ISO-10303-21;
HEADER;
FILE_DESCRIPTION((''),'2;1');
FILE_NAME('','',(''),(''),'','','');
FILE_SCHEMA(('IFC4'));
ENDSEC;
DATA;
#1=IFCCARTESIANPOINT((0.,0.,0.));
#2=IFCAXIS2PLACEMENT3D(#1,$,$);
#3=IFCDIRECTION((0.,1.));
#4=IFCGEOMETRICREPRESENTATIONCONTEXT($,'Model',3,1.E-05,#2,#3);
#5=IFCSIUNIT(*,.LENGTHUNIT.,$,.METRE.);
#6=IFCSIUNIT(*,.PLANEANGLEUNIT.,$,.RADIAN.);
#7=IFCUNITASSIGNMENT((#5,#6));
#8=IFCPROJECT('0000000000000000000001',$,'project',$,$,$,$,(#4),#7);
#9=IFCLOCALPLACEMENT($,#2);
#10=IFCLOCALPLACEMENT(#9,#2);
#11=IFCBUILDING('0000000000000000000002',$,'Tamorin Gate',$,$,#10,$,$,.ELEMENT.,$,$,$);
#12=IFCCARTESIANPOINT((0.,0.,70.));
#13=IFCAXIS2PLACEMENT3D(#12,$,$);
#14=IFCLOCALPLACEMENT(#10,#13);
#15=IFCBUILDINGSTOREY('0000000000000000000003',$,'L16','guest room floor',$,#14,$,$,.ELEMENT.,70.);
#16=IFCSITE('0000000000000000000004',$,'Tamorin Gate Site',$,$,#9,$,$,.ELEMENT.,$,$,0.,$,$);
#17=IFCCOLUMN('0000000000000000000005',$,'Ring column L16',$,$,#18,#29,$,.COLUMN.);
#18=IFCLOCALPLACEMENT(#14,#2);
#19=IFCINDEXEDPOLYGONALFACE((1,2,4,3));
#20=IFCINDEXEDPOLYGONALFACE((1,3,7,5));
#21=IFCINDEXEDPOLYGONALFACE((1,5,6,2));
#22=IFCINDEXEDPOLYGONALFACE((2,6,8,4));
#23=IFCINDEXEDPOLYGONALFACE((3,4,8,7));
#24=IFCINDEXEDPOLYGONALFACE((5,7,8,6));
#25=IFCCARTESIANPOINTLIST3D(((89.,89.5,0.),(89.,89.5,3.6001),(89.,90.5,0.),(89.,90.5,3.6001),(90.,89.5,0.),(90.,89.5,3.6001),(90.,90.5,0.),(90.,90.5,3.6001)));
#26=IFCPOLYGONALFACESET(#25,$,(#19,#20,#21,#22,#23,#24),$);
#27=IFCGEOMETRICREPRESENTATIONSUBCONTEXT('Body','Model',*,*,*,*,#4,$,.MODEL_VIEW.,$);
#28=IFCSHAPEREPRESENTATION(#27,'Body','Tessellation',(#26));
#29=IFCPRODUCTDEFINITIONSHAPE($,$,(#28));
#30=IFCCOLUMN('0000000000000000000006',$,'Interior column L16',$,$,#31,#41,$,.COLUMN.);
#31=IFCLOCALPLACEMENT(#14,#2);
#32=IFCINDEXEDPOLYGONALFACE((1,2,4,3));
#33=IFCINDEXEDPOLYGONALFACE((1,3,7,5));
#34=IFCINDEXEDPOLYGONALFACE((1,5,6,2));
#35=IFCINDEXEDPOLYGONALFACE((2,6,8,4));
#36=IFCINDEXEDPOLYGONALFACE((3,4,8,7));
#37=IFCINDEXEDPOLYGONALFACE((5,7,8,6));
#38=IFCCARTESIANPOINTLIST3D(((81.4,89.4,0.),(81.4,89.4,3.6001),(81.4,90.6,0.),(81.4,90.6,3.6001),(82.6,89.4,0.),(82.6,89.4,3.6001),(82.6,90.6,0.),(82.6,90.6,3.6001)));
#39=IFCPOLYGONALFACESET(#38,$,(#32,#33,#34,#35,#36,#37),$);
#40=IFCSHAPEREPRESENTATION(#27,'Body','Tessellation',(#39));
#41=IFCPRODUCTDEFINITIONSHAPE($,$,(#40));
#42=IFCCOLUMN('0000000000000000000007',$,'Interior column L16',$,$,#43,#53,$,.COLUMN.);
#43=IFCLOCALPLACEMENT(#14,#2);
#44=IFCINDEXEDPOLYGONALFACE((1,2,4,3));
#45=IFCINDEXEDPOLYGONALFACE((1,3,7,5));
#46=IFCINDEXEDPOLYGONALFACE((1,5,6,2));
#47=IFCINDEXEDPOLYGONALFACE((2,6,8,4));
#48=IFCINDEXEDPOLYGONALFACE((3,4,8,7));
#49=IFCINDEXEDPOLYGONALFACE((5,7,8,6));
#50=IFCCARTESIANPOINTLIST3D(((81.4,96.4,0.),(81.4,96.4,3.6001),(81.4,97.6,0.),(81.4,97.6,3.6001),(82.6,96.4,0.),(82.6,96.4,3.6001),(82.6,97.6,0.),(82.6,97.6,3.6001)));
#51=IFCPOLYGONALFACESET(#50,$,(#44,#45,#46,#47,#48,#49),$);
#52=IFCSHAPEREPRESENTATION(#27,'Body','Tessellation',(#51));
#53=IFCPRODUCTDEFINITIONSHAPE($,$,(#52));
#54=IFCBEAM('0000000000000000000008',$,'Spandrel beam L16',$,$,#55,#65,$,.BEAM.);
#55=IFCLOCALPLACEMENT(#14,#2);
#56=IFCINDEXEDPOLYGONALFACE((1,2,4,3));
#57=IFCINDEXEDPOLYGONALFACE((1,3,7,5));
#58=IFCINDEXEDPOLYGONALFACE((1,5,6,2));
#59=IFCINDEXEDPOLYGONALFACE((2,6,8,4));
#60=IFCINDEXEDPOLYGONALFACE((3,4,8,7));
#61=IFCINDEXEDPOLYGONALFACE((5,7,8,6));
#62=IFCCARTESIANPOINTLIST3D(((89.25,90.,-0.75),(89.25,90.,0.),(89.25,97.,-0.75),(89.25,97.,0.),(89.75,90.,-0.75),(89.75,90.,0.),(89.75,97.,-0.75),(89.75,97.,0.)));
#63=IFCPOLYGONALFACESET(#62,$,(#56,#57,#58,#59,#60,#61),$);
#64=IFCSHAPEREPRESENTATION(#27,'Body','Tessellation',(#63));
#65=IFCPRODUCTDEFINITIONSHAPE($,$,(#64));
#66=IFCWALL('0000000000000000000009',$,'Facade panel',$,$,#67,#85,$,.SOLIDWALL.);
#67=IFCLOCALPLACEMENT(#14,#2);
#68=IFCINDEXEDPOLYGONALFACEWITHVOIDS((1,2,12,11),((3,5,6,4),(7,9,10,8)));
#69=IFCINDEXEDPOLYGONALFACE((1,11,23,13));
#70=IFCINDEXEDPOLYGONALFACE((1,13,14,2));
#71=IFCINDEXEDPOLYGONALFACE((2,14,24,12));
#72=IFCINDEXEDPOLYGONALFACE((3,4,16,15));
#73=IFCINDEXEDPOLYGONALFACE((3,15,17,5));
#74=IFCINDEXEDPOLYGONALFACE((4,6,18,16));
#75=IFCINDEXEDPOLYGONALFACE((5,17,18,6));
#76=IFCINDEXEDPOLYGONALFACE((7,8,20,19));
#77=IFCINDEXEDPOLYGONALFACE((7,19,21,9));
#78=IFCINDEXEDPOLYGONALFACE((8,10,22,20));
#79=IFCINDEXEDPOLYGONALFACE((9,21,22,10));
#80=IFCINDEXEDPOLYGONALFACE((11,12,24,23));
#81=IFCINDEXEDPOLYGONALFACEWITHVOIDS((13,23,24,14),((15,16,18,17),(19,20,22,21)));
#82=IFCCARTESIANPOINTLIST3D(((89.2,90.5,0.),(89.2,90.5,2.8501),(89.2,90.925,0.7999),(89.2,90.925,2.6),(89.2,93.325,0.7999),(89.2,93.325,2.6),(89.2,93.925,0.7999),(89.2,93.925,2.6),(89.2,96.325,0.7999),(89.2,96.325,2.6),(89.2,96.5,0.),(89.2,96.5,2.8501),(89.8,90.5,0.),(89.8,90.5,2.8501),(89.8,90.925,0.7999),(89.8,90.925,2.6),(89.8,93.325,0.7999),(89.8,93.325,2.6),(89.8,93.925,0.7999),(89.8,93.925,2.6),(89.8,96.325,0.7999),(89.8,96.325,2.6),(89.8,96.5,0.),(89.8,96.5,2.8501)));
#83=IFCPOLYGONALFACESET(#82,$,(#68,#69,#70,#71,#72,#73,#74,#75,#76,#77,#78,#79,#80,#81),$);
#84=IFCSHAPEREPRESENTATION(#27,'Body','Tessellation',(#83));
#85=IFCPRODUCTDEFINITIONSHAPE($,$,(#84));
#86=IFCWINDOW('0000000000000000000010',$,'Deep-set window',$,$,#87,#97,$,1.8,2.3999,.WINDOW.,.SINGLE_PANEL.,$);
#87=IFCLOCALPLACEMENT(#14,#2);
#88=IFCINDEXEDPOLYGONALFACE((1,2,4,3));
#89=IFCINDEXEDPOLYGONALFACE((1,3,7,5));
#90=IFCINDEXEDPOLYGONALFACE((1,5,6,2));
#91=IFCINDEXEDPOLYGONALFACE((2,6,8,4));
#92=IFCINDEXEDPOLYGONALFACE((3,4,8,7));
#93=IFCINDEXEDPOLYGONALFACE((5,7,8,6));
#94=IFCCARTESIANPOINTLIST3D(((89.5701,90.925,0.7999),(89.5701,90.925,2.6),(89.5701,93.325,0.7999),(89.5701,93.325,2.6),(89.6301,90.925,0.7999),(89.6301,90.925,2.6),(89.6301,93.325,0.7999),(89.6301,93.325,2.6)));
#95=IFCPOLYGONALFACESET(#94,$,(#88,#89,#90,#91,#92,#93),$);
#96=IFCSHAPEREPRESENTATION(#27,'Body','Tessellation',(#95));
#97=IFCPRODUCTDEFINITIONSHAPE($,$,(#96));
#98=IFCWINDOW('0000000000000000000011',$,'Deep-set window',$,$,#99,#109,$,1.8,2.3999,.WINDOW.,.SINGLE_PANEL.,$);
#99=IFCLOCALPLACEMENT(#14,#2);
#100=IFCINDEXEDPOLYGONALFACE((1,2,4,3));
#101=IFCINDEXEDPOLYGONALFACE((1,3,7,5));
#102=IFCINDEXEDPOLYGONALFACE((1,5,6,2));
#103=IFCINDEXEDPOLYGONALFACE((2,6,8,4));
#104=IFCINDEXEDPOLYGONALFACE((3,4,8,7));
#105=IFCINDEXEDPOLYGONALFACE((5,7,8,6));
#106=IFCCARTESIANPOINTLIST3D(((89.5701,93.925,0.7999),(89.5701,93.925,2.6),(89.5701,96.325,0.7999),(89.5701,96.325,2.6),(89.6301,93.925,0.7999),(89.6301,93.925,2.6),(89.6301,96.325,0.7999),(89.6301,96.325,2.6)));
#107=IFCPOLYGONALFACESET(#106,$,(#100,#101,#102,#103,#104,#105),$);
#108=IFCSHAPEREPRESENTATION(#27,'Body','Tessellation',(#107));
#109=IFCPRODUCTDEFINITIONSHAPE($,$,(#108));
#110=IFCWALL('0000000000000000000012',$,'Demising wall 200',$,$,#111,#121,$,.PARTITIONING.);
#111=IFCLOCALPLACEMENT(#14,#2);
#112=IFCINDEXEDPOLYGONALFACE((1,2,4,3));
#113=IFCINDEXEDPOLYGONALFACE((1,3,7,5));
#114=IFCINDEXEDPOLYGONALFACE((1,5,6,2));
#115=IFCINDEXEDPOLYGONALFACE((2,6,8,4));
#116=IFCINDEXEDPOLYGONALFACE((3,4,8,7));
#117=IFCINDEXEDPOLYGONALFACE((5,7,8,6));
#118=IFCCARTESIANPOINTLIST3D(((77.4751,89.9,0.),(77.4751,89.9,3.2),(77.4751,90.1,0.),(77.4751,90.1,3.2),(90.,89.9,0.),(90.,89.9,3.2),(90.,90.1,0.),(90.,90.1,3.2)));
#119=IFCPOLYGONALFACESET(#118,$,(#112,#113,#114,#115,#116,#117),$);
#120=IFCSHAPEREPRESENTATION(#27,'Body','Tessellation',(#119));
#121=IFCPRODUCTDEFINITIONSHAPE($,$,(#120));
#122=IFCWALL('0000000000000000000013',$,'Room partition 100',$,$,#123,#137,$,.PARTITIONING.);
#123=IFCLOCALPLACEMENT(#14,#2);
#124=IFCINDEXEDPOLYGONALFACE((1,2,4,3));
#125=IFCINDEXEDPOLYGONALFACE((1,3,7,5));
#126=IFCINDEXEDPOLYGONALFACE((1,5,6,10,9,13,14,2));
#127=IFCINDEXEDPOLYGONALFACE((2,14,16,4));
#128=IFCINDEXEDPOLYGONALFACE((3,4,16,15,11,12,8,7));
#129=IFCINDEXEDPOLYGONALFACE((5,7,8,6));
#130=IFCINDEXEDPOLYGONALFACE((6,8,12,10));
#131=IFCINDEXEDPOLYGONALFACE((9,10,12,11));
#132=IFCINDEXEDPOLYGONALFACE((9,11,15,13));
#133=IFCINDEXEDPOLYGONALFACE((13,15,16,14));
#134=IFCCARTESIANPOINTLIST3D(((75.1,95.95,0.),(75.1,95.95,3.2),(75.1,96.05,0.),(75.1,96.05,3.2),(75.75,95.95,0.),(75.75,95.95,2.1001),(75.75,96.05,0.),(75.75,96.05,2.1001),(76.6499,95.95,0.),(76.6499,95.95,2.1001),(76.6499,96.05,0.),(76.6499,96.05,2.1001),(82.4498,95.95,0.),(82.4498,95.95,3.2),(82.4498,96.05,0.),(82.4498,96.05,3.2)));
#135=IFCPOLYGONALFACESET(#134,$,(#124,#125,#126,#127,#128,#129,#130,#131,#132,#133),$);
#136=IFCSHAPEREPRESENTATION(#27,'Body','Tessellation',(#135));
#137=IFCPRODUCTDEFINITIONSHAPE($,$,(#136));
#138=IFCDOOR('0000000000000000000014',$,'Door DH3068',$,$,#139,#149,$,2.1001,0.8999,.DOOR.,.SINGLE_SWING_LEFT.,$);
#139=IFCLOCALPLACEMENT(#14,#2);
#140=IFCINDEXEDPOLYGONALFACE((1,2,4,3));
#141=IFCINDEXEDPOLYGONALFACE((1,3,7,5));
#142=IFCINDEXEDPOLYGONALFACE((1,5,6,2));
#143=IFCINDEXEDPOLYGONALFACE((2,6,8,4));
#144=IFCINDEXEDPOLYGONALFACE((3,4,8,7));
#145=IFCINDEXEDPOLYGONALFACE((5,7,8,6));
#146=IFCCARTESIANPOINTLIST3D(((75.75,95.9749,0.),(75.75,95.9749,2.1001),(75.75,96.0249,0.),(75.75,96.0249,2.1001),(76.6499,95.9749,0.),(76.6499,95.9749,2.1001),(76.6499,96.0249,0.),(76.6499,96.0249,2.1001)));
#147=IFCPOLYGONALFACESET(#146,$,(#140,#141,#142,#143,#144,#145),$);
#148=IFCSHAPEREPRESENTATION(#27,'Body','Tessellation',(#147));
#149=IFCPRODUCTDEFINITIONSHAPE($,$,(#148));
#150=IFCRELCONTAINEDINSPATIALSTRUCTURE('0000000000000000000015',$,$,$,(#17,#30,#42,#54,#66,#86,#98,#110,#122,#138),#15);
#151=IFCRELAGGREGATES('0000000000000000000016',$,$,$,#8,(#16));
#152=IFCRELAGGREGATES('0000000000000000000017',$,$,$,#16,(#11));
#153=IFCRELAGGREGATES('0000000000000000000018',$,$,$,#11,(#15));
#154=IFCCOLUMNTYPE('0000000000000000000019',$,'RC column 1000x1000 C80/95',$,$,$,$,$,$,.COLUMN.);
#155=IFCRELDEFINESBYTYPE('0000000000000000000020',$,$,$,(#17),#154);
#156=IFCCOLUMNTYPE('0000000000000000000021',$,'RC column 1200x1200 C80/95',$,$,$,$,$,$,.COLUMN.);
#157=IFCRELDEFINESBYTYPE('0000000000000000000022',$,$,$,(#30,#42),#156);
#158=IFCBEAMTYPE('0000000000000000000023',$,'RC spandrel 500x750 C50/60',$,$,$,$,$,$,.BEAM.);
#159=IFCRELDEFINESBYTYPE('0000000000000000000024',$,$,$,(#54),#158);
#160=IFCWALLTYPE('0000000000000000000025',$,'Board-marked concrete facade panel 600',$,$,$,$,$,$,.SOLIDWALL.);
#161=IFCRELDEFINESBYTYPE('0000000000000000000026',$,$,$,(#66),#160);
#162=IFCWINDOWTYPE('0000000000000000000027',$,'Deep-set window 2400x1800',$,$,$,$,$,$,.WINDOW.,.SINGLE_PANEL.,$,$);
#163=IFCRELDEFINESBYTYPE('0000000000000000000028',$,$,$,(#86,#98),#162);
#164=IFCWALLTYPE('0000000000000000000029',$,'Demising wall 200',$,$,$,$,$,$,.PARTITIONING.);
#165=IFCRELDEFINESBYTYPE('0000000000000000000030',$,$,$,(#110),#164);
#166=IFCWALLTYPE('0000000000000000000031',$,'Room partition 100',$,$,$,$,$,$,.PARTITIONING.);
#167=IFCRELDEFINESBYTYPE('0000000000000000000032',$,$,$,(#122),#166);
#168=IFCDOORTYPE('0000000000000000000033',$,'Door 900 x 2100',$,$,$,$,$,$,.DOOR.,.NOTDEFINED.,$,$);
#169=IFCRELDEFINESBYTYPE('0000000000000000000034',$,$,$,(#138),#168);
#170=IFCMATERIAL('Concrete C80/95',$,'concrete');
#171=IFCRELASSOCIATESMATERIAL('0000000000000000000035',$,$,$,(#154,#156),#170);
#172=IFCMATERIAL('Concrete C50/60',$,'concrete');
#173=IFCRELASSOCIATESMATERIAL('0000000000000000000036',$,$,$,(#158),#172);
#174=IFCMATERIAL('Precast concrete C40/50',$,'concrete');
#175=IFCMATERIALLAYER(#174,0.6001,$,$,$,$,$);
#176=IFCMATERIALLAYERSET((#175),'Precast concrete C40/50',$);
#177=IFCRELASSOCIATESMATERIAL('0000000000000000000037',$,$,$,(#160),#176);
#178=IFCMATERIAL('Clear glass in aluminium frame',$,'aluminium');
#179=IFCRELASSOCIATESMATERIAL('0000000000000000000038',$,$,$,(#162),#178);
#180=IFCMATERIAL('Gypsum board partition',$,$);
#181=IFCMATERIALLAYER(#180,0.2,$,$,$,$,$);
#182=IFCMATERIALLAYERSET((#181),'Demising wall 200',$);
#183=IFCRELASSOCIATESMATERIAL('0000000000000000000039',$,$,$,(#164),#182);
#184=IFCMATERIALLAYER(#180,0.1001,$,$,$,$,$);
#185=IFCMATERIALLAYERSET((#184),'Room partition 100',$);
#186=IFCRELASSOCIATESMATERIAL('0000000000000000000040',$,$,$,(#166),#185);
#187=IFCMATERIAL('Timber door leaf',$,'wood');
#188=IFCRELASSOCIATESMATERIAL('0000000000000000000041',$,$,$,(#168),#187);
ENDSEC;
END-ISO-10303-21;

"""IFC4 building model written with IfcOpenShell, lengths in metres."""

from ifc_helpers import new_model, si_unit, direction, frame, frame_2d, origin, origin_2d, place, context, subcontext, project, spatial, rectangle, extrude, material, layer, layer_set, material_profile, profile_set, type_object, element, fill, save


model = new_model("IFC4")

# Units and contexts
model_context = context("Model", 3, precision=1e-05, world=origin(), true_north=direction((0.0, 1.0)))
body_context = subcontext(model_context, "Body", "Model", "MODEL_VIEW")
ifc_project = project(units=[si_unit("LENGTHUNIT", "METRE"), si_unit("PLANEANGLEUNIT", "RADIAN")], contexts=[model_context])

# Site, building, storey
site_placement = place(None, origin())
site = spatial("IfcSite", under=ifc_project, at=site_placement, Name="Tamorin Gate Site", CompositionType="ELEMENT", RefElevation=0.0)
building_placement = place(site_placement, origin())
building = spatial("IfcBuilding", under=site, at=building_placement, Name="Tamorin Gate", CompositionType="ELEMENT")
storey_placement = place(building_placement, frame((0.0, 0.0, 70.0)))
storey = spatial("IfcBuildingStorey", under=building, at=storey_placement, Name="L16", Description="guest room floor", CompositionType="ELEMENT", Elevation=70.0)

# Columns
ifc_material_1 = material(Name="Concrete C80/95", Category="concrete")
ifc_material_profile_1 = material_profile(ifc_material_1, rectangle(XDim=1.0, YDim=1.0, at=origin_2d()), Name="RC 1000x1000")
ifc_profile_set_1 = profile_set([ifc_material_profile_1], Name="Concrete C80/95")
column_type_1 = type_object("IfcColumnType", Name="RC column 1000x1000 C80/95", PredefinedType="COLUMN", material=ifc_profile_set_1)
column_placement = place(storey_placement, frame((89.5, 90.0, 0.0), z_axis=(0.0, 0.0, 1.0), x_axis=(1.0, 0.0, 0.0)))
element("IfcColumn", 1, at=column_placement, inside=storey, type_object=column_type_1, Name="Ring column L16", PredefinedType="COLUMN", context=body_context, shape_type="SweptSolid", body=[
    extrude(rectangle(XDim=1.0, YDim=1.0, at=origin_2d()), origin(), (0.0, 0.0, 1.0), 3.6001),
])
ifc_material_profile_2 = material_profile(ifc_material_1, rectangle(XDim=1.2, YDim=1.2, at=origin_2d()), Name="RC 1200x1200")
ifc_profile_set_2 = profile_set([ifc_material_profile_2], Name="Concrete C80/95")
column_type_2 = type_object("IfcColumnType", Name="RC column 1200x1200 C80/95", PredefinedType="COLUMN", material=ifc_profile_set_2)
for number, where, z_axis, x_axis, name in (
    (2, (82.0, 90.0, 0.0), (0.0, 0.0, 1.0), (1.0, 0.0, 0.0), "Interior column L16"),
    (3, (82.0, 97.0, 0.0), (0.0, 0.0, 1.0), (1.0, 0.0, 0.0), "Interior column L16"),
):
    element("IfcColumn", number, at=place(storey_placement, frame(where, z_axis=z_axis, x_axis=x_axis)), inside=storey, type_object=column_type_2, Name=name, PredefinedType="COLUMN", context=body_context, shape_type="SweptSolid", body=[
        extrude(rectangle(XDim=1.2, YDim=1.2, at=origin_2d()), origin(), (0.0, 0.0, 1.0), 3.6001),
    ])

# Beam
ifc_material_2 = material(Name="Concrete C50/60", Category="concrete")
ifc_material_profile_3 = material_profile(ifc_material_2, rectangle(XDim=0.5, YDim=0.75, at=origin_2d()), Name="RC 500x750")
ifc_profile_set_3 = profile_set([ifc_material_profile_3], Name="Concrete C50/60")
beam_type = type_object("IfcBeamType", Name="RC spandrel 500x750 C50/60", PredefinedType="BEAM", material=ifc_profile_set_3)
beam_placement = place(storey_placement, frame((89.5, 90.0, -0.375), z_axis=(0.0, 1.0, 0.0), x_axis=(-1.0, 0.0, 0.0)))
element("IfcBeam", 4, at=beam_placement, inside=storey, type_object=beam_type, Name="Spandrel beam L16", PredefinedType="BEAM", context=body_context, shape_type="SweptSolid", body=[
    extrude(rectangle(XDim=0.5, YDim=0.75, at=origin_2d()), origin(), (0.0, 0.0, 1.0), 7.0),
])

# Wall, openings, windows
ifc_material_3 = material(Name="Precast concrete C40/50", Category="concrete")
ifc_layer_1 = layer(ifc_material_3, 0.6001)
ifc_layer_set_1 = layer_set([ifc_layer_1], Name="Precast concrete C40/50")
wall_type_1 = type_object("IfcWallType", Name="Board-marked concrete facade panel 600", PredefinedType="SOLIDWALL", material=ifc_layer_set_1)
wall_1_placement = place(storey_placement, frame((89.5, 90.5, 0.0), z_axis=(0.0, 0.0, 1.0), x_axis=(0.0, 1.0, 0.0)))
wall_1 = element("IfcWall", 5, at=wall_1_placement, inside=storey, type_object=wall_type_1, Name="Facade panel", PredefinedType="SOLIDWALL", context=body_context, shape_type="SweptSolid", body=[
    extrude(rectangle(XDim=6.0, YDim=0.6001, at=frame_2d((3.0, 0.0))), origin(), (0.0, 0.0, 1.0), 2.8501),
])
opening_1_placement = place(wall_1_placement, frame((0.425, 0.0, 0.8)))
opening_1 = element("IfcOpeningElement", 6, at=opening_1_placement, cuts=wall_1, PredefinedType="OPENING", context=body_context, shape_type="SweptSolid", body=[
    extrude(rectangle(XDim=2.3999, YDim=1.8, at=frame_2d((1.2, 0.8999))), frame((0.0, 0.3101, 0.0), z_axis=(0.0, -1.0, 0.0), x_axis=(1.0, 0.0, 0.0)), (0.0, 0.0, 1.0), 0.6201),
])
opening_2_placement = place(wall_1_placement, frame((3.425, 0.0, 0.8)))
opening_2 = element("IfcOpeningElement", 7, at=opening_2_placement, cuts=wall_1, PredefinedType="OPENING", context=body_context, shape_type="SweptSolid", body=[
    extrude(rectangle(XDim=2.3999, YDim=1.8, at=frame_2d((1.2, 0.8999))), frame((0.0, 0.3101, 0.0), z_axis=(0.0, -1.0, 0.0), x_axis=(1.0, 0.0, 0.0)), (0.0, 0.0, 1.0), 0.6201),
])
ifc_material_4 = material(Name="Clear glass in aluminium frame", Category="aluminium")
window_type = type_object("IfcWindowType", Name="Deep-set window 2400x1800", PartitioningType="SINGLE_PANEL", PredefinedType="WINDOW", material=ifc_material_4)
window_1_placement = place(opening_1_placement, origin())
window_1 = element("IfcWindow", 8, at=window_1_placement, inside=storey, type_object=window_type, Name="Deep-set window", OverallHeight=1.8, OverallWidth=2.3999, PartitioningType="SINGLE_PANEL", PredefinedType="WINDOW", context=body_context, shape_type="SweptSolid", body=[
    extrude(rectangle(XDim=2.3999, YDim=1.8, at=frame_2d((1.2, 0.8999))), frame((0.0, -0.0701, 0.0), z_axis=(0.0, -1.0, 0.0), x_axis=(1.0, 0.0, 0.0)), (0.0, 0.0, 1.0), 0.0601),
])
fill(opening_1, window_1)
window_2_placement = place(opening_2_placement, origin())
window_2 = element("IfcWindow", 9, at=window_2_placement, inside=storey, type_object=window_type, Name="Deep-set window", OverallHeight=1.8, OverallWidth=2.3999, PartitioningType="SINGLE_PANEL", PredefinedType="WINDOW", context=body_context, shape_type="SweptSolid", body=[
    extrude(rectangle(XDim=2.3999, YDim=1.8, at=frame_2d((1.2, 0.8999))), frame((0.0, -0.0701, 0.0), z_axis=(0.0, -1.0, 0.0), x_axis=(1.0, 0.0, 0.0)), (0.0, 0.0, 1.0), 0.0601),
])
fill(opening_2, window_2)

# Wall
ifc_material_5 = material(Name="Gypsum board partition")
ifc_layer_2 = layer(ifc_material_5, 0.2)
ifc_layer_set_2 = layer_set([ifc_layer_2], Name="Demising wall 200")
wall_type_2 = type_object("IfcWallType", Name="Demising wall 200", PredefinedType="PARTITIONING", material=ifc_layer_set_2)
wall_2_placement = place(storey_placement, frame((77.4751, 90.0, 0.0), z_axis=(0.0, 0.0, 1.0), x_axis=(1.0, 0.0, 0.0)))
element("IfcWall", 10, at=wall_2_placement, inside=storey, type_object=wall_type_2, Name="Demising wall 200", PredefinedType="PARTITIONING", context=body_context, shape_type="SweptSolid", body=[
    extrude(rectangle(XDim=12.5249, YDim=0.2, at=frame_2d((6.2625, 0.0))), origin(), (0.0, 0.0, 1.0), 3.2),
])

# Wall, opening, door
ifc_layer_3 = layer(ifc_material_5, 0.1001)
ifc_layer_set_3 = layer_set([ifc_layer_3], Name="Room partition 100")
wall_type_3 = type_object("IfcWallType", Name="Room partition 100", PredefinedType="PARTITIONING", material=ifc_layer_set_3)
wall_3_placement = place(storey_placement, frame((75.1001, 96.0, 0.0), z_axis=(0.0, 0.0, 1.0), x_axis=(1.0, 0.0, 0.0)))
wall_3 = element("IfcWall", 11, at=wall_3_placement, inside=storey, type_object=wall_type_3, Name="Room partition 100", PredefinedType="PARTITIONING", context=body_context, shape_type="SweptSolid", body=[
    extrude(rectangle(XDim=7.3499, YDim=0.1001, at=frame_2d((3.6748, 0.0))), origin(), (0.0, 0.0, 1.0), 3.2),
])
opening_3_placement = place(wall_3_placement, frame((0.6499, 0.0, 0.0)))
opening_3 = element("IfcOpeningElement", 12, at=opening_3_placement, cuts=wall_3, PredefinedType="OPENING", context=body_context, shape_type="SweptSolid", body=[
    extrude(rectangle(XDim=0.8999, YDim=2.1001, at=frame_2d((0.45, 1.05))), frame((0.0, 0.0601, 0.0), z_axis=(0.0, -1.0, 0.0), x_axis=(1.0, 0.0, 0.0)), (0.0, 0.0, 1.0), 0.1201),
])
ifc_material_6 = material(Name="Timber door leaf", Category="wood")
door_type = type_object("IfcDoorType", Name="Door 900 x 2100", OperationType="NOTDEFINED", PredefinedType="DOOR", material=ifc_material_6)
door_1_placement = place(opening_3_placement, origin())
door_1 = element("IfcDoor", 13, at=door_1_placement, inside=storey, type_object=door_type, Name="Door DH3068", OperationType="SINGLE_SWING_LEFT", OverallHeight=2.1001, OverallWidth=0.8999, PredefinedType="DOOR", context=body_context, shape_type="SweptSolid", body=[
    extrude(rectangle(XDim=0.8999, YDim=2.1001, at=frame_2d((0.45, 1.05))), frame((0.0, 0.0249, 0.0), z_axis=(0.0, -1.0, 0.0), x_axis=(1.0, 0.0, 0.0)), (0.0, 0.0, 1.0), 0.05),
])
fill(opening_3, door_1)

save(model, "model.ifc")
